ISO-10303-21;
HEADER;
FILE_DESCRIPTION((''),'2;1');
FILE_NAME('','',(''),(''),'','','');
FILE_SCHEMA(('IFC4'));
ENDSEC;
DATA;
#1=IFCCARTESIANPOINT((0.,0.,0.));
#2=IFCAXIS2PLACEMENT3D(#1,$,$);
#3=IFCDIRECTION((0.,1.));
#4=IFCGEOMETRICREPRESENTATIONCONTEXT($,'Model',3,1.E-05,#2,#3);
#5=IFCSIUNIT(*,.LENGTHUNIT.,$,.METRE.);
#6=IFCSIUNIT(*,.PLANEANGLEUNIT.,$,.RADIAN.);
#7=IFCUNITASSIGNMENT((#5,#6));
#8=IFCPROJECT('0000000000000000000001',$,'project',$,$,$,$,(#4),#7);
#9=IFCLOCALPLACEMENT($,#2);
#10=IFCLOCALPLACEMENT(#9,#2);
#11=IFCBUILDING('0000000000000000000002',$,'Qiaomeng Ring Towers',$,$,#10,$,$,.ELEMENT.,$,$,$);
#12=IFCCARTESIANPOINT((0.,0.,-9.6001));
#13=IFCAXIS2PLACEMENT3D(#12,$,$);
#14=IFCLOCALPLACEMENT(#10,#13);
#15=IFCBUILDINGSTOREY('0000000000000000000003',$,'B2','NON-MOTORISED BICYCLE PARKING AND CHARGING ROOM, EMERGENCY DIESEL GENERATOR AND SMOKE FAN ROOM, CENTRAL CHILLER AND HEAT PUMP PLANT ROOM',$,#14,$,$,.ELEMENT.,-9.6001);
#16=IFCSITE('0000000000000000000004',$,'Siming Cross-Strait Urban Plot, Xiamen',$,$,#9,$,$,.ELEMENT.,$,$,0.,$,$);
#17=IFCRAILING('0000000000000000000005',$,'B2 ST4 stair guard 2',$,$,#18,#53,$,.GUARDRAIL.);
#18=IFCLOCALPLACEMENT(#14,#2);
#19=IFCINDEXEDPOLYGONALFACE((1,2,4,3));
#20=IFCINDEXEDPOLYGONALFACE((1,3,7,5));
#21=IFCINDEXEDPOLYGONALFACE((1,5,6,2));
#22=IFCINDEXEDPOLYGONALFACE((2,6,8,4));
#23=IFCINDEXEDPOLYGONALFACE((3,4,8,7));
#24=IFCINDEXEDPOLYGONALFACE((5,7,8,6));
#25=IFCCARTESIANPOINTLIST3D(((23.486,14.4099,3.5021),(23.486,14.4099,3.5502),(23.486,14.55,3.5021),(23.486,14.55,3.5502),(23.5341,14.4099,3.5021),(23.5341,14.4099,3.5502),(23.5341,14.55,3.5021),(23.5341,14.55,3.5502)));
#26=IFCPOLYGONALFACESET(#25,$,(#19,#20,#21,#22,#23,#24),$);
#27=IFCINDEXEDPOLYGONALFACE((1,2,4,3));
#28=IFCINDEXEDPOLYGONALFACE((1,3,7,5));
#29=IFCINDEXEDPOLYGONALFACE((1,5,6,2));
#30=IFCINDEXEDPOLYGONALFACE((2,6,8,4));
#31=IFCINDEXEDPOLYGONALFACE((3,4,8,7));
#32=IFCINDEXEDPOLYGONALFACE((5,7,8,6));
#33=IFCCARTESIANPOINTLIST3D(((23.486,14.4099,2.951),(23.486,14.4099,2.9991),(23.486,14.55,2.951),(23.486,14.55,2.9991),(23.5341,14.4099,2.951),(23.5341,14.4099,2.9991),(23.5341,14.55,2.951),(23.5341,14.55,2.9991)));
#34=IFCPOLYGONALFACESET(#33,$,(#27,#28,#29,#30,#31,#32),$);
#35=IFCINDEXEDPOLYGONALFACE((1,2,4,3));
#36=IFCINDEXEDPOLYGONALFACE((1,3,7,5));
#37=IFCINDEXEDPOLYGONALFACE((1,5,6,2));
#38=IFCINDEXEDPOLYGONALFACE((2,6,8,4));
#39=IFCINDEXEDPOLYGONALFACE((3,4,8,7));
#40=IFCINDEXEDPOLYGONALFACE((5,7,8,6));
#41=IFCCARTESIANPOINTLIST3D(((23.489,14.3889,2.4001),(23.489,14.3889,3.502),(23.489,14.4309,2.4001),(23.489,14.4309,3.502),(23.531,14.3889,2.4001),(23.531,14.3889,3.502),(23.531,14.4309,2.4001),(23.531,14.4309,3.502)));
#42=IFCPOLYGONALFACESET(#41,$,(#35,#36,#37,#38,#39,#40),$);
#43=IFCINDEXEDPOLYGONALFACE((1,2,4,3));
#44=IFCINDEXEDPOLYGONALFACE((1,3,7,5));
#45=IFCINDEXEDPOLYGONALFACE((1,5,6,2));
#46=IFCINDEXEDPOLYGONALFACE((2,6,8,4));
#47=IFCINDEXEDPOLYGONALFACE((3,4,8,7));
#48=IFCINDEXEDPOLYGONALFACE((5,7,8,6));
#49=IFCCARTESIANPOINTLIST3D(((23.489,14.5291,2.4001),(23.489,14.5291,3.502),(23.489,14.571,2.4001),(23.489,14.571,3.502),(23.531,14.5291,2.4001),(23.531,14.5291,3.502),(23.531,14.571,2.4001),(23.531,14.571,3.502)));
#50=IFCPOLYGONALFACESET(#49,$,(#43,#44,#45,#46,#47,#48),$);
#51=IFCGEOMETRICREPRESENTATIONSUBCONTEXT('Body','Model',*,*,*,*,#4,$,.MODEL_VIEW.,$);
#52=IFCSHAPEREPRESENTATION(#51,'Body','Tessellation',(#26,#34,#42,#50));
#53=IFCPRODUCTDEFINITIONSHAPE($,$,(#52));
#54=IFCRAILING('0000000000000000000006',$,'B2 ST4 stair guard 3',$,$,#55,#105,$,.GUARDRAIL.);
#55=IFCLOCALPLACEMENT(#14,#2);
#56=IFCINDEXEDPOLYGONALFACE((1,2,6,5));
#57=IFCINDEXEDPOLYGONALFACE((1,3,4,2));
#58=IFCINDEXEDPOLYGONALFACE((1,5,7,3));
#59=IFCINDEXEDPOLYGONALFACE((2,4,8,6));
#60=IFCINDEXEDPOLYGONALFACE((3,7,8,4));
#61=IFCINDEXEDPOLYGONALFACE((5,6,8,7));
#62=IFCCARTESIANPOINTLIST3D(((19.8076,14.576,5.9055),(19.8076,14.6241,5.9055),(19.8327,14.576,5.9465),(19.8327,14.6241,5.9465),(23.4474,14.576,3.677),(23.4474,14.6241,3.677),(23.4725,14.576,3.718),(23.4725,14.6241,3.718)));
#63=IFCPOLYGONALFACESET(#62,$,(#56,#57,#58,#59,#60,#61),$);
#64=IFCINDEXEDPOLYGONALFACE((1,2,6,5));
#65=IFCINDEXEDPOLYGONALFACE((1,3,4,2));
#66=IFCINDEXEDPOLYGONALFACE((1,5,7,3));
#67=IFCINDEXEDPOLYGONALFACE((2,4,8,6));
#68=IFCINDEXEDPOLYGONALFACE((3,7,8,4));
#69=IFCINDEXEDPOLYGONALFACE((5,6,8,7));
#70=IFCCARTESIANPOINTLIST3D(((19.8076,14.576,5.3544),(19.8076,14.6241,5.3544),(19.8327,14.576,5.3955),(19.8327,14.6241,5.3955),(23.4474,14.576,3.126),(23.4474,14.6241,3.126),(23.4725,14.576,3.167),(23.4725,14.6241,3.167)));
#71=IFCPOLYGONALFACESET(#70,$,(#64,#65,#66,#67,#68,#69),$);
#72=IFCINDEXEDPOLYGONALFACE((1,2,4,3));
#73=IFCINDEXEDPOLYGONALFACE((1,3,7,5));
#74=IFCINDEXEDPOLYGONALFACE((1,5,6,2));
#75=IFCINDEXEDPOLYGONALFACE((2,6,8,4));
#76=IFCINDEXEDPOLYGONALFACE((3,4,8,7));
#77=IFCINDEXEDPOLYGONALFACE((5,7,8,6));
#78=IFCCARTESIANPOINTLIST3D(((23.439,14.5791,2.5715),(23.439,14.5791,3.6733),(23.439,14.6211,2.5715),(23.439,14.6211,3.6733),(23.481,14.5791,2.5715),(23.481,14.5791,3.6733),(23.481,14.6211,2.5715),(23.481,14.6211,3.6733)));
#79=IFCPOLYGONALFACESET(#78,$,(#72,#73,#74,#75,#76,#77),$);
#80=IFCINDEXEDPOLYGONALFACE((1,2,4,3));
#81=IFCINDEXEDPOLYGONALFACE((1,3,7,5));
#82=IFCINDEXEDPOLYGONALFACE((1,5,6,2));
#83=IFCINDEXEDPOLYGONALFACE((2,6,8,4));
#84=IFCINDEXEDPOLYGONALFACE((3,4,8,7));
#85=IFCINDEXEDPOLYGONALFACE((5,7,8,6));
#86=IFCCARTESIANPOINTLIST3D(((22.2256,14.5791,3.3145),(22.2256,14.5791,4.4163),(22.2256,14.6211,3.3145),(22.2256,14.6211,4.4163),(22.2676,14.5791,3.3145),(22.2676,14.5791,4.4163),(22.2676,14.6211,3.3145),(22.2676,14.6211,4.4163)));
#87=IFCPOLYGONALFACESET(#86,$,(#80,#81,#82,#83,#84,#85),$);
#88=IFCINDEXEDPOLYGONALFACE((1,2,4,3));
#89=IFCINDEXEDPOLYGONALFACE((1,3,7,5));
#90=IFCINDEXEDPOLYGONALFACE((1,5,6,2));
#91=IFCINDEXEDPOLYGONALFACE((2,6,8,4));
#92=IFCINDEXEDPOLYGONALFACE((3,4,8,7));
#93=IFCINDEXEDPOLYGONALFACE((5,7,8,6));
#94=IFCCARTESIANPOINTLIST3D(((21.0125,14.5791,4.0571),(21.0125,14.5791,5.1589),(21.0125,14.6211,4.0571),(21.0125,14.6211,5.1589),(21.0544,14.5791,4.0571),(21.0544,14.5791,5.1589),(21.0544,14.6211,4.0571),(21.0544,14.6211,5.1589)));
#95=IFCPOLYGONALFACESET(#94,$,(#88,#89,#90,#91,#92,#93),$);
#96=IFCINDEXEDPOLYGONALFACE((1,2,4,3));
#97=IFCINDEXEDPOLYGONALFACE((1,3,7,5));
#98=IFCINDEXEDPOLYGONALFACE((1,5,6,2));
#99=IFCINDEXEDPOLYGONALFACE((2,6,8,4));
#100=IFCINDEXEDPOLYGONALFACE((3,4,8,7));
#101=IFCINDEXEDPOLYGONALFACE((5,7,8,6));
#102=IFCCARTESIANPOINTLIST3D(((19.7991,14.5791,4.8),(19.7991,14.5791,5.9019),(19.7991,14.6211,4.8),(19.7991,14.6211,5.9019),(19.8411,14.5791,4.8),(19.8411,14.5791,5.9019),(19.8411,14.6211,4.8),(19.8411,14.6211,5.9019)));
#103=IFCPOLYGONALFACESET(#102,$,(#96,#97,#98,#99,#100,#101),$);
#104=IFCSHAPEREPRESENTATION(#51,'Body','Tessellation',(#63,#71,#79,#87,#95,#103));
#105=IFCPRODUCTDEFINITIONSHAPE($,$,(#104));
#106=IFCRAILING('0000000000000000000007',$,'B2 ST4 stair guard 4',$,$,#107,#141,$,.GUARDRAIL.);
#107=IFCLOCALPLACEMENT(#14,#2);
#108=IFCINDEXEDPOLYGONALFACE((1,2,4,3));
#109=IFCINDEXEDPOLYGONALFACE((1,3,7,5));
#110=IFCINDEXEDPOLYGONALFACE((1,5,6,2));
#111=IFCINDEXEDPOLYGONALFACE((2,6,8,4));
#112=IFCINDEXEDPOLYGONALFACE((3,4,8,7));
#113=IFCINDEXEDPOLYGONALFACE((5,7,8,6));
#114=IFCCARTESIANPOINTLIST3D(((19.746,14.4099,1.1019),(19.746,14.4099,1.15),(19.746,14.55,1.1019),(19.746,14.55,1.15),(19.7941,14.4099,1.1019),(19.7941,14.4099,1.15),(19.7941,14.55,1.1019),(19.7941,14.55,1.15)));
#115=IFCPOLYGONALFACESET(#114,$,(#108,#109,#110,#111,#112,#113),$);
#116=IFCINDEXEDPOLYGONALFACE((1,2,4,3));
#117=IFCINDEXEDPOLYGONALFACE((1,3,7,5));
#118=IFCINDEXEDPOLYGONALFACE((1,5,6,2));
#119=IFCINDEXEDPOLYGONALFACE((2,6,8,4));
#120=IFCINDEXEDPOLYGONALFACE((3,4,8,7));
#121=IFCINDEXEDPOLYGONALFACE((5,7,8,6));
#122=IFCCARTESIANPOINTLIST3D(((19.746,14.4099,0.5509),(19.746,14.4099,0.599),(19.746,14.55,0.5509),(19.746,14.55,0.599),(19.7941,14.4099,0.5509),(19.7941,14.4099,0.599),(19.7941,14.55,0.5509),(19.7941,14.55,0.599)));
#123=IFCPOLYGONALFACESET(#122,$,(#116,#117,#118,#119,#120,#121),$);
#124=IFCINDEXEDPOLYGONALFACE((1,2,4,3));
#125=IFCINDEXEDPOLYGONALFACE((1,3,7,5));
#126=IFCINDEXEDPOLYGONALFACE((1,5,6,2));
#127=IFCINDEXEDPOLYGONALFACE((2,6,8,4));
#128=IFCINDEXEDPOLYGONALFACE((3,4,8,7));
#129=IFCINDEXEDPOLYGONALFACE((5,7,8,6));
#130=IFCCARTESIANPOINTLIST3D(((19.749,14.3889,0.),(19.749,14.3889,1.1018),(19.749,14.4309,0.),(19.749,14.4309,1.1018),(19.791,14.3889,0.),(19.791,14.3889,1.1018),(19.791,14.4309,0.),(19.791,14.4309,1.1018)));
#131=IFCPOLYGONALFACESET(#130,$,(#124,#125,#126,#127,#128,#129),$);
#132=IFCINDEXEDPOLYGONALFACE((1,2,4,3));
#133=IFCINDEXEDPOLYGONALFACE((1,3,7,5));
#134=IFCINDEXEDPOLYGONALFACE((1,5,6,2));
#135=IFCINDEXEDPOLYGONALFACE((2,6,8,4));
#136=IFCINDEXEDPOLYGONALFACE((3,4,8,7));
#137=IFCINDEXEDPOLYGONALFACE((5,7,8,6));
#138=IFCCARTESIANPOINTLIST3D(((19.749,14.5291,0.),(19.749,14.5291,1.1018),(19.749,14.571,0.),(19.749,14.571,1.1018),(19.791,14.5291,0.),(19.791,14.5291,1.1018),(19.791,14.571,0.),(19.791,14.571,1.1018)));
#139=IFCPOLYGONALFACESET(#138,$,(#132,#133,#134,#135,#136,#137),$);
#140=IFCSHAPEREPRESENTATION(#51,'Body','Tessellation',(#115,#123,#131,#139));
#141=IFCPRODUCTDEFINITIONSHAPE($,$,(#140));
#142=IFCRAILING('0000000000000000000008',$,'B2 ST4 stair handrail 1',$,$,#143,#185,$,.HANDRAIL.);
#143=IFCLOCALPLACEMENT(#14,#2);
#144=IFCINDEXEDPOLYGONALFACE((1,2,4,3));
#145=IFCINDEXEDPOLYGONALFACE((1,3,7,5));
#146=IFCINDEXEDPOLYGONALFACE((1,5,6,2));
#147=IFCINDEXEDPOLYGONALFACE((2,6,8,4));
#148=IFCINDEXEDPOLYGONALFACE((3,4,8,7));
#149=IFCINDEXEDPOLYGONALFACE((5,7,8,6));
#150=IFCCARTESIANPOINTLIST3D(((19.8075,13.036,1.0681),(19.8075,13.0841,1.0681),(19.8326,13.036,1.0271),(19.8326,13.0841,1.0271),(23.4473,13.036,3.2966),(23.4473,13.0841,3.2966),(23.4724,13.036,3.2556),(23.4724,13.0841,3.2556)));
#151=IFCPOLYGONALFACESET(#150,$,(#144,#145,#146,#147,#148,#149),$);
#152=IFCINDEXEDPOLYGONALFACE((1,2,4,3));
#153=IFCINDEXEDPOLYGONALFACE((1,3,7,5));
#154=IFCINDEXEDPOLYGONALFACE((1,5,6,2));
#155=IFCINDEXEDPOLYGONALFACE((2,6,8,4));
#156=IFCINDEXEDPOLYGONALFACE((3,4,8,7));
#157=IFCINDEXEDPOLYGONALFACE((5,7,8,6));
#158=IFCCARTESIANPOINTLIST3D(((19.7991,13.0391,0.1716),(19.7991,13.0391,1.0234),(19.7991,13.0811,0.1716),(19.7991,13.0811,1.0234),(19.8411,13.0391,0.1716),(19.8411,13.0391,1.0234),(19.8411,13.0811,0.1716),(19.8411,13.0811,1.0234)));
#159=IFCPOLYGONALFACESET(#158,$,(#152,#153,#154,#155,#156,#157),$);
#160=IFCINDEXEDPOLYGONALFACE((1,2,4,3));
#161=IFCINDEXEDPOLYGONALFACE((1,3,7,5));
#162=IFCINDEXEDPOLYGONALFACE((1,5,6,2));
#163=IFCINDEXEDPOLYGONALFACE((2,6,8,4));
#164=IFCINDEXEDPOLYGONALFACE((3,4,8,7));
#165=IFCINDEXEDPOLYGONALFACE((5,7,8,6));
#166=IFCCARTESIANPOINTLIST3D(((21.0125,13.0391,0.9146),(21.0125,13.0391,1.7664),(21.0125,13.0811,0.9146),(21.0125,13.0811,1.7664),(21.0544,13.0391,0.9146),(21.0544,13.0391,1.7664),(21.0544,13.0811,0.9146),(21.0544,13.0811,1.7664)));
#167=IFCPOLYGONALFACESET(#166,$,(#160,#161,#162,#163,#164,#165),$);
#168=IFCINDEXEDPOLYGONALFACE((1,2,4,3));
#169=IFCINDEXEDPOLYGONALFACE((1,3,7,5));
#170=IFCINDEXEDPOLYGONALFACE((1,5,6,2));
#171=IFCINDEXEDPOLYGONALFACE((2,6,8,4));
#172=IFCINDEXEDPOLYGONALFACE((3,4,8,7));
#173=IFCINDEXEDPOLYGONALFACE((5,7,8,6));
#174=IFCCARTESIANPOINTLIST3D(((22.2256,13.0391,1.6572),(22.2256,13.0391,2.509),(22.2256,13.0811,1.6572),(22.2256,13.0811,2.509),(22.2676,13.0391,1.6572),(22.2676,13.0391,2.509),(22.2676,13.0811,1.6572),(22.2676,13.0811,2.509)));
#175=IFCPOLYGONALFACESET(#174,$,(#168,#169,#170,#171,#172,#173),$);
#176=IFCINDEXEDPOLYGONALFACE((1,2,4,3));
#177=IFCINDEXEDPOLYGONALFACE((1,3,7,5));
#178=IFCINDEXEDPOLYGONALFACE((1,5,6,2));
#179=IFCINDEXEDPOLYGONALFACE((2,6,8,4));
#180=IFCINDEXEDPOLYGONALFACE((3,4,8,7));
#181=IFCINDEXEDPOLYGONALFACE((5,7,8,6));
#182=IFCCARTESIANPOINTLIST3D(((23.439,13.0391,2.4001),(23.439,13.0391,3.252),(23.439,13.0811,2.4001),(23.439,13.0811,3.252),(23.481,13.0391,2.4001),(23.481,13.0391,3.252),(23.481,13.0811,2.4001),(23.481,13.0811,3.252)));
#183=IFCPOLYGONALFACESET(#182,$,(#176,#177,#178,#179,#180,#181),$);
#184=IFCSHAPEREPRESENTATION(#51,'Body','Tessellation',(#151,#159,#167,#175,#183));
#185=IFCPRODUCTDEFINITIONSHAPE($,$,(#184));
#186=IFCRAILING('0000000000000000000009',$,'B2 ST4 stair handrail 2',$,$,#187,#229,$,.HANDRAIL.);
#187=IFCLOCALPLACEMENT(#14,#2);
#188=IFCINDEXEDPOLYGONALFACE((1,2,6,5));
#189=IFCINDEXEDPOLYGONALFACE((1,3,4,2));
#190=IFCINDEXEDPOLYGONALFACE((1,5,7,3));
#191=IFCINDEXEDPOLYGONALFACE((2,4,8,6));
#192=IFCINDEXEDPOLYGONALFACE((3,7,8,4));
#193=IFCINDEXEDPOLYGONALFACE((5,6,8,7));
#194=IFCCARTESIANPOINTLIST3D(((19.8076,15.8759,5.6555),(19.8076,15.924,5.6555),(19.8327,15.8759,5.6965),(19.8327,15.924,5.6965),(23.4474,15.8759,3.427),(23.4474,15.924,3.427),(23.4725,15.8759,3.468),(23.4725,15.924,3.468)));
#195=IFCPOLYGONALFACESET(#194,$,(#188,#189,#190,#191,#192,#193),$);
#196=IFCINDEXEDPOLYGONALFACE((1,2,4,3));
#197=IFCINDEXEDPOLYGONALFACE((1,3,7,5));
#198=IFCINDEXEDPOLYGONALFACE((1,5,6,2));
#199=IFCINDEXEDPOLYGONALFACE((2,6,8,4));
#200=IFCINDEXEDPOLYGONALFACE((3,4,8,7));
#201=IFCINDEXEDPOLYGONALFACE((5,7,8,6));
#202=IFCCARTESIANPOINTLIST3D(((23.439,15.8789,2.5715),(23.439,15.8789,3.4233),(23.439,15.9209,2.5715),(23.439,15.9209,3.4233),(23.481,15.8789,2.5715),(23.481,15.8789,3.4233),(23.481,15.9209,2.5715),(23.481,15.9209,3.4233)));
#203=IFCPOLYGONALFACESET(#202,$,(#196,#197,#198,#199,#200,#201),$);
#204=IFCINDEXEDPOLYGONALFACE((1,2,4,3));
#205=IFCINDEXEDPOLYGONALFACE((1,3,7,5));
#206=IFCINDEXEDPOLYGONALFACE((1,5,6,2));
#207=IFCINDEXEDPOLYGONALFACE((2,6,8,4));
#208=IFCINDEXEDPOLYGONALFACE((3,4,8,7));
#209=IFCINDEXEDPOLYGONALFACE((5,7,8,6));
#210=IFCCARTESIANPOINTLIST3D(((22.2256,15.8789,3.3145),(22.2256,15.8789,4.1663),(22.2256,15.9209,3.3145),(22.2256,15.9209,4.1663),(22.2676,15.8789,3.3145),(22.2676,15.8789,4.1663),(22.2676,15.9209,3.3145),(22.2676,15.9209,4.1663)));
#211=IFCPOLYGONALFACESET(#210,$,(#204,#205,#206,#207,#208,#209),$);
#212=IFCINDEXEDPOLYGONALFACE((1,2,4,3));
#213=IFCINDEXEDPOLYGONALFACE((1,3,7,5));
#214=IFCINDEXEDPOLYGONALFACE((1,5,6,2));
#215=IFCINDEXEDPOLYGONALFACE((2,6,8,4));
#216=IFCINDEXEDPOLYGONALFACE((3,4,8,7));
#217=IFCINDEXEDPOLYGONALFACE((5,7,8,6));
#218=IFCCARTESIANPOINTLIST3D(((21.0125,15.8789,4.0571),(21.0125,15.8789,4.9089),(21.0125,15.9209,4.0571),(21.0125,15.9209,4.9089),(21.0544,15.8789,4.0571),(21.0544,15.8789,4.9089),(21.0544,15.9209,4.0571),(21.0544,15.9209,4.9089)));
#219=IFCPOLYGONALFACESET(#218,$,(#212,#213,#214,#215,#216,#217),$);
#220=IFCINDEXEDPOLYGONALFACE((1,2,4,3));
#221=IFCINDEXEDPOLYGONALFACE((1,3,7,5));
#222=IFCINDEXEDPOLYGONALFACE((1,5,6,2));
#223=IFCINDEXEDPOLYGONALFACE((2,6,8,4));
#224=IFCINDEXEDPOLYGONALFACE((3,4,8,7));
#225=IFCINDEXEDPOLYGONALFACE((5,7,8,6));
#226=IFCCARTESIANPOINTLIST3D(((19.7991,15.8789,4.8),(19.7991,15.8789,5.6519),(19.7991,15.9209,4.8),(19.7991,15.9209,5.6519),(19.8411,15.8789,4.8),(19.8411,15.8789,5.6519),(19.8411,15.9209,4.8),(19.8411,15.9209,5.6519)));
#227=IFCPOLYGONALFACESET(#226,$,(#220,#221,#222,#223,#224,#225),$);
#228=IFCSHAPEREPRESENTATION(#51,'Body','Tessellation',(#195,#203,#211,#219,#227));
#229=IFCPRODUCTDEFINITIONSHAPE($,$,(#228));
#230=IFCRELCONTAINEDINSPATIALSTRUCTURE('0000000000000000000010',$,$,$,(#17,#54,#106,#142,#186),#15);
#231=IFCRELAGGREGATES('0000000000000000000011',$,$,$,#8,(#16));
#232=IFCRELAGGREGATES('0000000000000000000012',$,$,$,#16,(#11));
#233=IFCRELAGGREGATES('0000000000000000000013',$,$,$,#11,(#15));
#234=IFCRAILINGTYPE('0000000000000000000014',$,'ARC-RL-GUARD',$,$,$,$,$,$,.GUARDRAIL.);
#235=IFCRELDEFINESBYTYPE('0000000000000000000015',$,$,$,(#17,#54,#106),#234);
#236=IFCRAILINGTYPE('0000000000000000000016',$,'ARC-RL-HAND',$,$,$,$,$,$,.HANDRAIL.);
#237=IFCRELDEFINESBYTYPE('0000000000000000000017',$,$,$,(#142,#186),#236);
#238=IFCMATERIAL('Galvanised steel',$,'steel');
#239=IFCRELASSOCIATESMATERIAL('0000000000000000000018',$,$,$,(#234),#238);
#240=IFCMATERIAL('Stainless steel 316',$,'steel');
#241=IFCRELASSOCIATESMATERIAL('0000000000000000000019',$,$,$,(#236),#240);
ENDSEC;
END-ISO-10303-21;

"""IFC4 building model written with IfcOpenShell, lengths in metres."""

from ifc_helpers import new_model, si_unit, direction, frame, origin, origin_2d, place, context, subcontext, project, spatial, rectangle, extrude, material, type_object, element, save


model = new_model("IFC4")

# Units and contexts
model_context = context("Model", 3, precision=1e-05, world=origin(), true_north=direction((0.0, 1.0)))
body_context = subcontext(model_context, "Body", "Model", "MODEL_VIEW")
ifc_project = project(units=[si_unit("LENGTHUNIT", "METRE"), si_unit("PLANEANGLEUNIT", "RADIAN")], contexts=[model_context])

# Site, building, storey
site_placement = place(None, origin())
site = spatial("IfcSite", under=ifc_project, at=site_placement, Name="Siming Cross-Strait Urban Plot, Xiamen", CompositionType="ELEMENT", RefElevation=0.0)
building_placement = place(site_placement, origin())
building = spatial("IfcBuilding", under=site, at=building_placement, Name="Qiaomeng Ring Towers", CompositionType="ELEMENT")
storey_placement = place(building_placement, frame((0.0, 0.0, -9.6001)))
storey = spatial("IfcBuildingStorey", under=building, at=storey_placement, Name="B2", Description="NON-MOTORISED BICYCLE PARKING AND CHARGING ROOM, EMERGENCY DIESEL GENERATOR AND SMOKE FAN ROOM, CENTRAL CHILLER AND HEAT PUMP PLANT ROOM", CompositionType="ELEMENT", Elevation=-9.6001)

# Shared definitions
ifc_material_1 = material(Name="Galvanised steel", Category="steel")

# Shared definitions
ifc_material_2 = material(Name="Stainless steel 316", Category="steel")

# Railings
railing_type_1 = type_object("IfcRailingType", Name="ARC-RL-GUARD", PredefinedType="GUARDRAIL", material=ifc_material_1)
railing_1_placement = place(storey_placement, frame((23.51, 14.4099, 2.4001)))
element("IfcRailing", 1, at=railing_1_placement, inside=storey, type_object=railing_type_1, Name="B2 ST4 stair guard 2", PredefinedType="GUARDRAIL", context=body_context, shape_type="SweptSolid", body=[
    extrude(rectangle(XDim=0.0481, YDim=0.0481, at=origin_2d()), frame((0.0, 0.0, 1.126), z_axis=(0.0, 1.0, 0.0), x_axis=(-1.0, 0.0, 0.0)), (0.0, 0.0, 1.0), 0.1401),
    extrude(rectangle(XDim=0.0481, YDim=0.0481, at=origin_2d()), frame((0.0, 0.0, 0.575), z_axis=(0.0, 1.0, 0.0), x_axis=(-1.0, 0.0, 0.0)), (0.0, 0.0, 1.0), 0.1401),
    extrude(rectangle(XDim=0.042, YDim=0.042, at=origin_2d()), origin(), (0.0, 0.0, 1.0), 1.1018),
    extrude(rectangle(XDim=0.042, YDim=0.042, at=origin_2d()), frame((0.0, 0.1401, 0.0)), (0.0, 0.0, 1.0), 1.1018),
])
railing_2_placement = place(storey_placement, frame((23.46, 14.6001, 2.5715)))
element("IfcRailing", 2, at=railing_2_placement, inside=storey, type_object=railing_type_1, Name="B2 ST4 stair guard 3", PredefinedType="GUARDRAIL", context=body_context, shape_type="SweptSolid", body=[
    extrude(rectangle(XDim=0.0481, YDim=0.0481, at=origin_2d()), frame((0.0, 0.0, 1.126), z_axis=(-0.85285, 0.0, 0.522156), x_axis=(0.0, -1.0, 0.0)), (0.0, 0.0, 1.0), 4.2678),
    extrude(rectangle(XDim=0.0481, YDim=0.0481, at=origin_2d()), frame((0.0, 0.0, 0.575), z_axis=(-0.85285, 0.0, 0.522156), x_axis=(0.0, -1.0, 0.0)), (0.0, 0.0, 1.0), 4.2678),
    extrude(rectangle(XDim=0.042, YDim=0.042, at=origin_2d()), origin(), (0.0, 0.0, 1.0), 1.1018),
    extrude(rectangle(XDim=0.042, YDim=0.042, at=origin_2d()), frame((-1.2134, 0.0, 0.7429)), (0.0, 0.0, 1.0), 1.1018),
    extrude(rectangle(XDim=0.042, YDim=0.042, at=origin_2d()), frame((-2.4265, 0.0, 1.4856)), (0.0, 0.0, 1.0), 1.1018),
    extrude(rectangle(XDim=0.042, YDim=0.042, at=origin_2d()), frame((-3.6399, 0.0, 2.2285)), (0.0, 0.0, 1.0), 1.1018),
])
railing_3_placement = place(storey_placement, frame((19.77, 14.4099, 0.0)))
element("IfcRailing", 3, at=railing_3_placement, inside=storey, type_object=railing_type_1, Name="B2 ST4 stair guard 4", PredefinedType="GUARDRAIL", context=body_context, shape_type="SweptSolid", body=[
    extrude(rectangle(XDim=0.0481, YDim=0.0481, at=origin_2d()), frame((0.0, 0.0, 1.126), z_axis=(0.0, 1.0, 0.0), x_axis=(-1.0, 0.0, 0.0)), (0.0, 0.0, 1.0), 0.1401),
    extrude(rectangle(XDim=0.0481, YDim=0.0481, at=origin_2d()), frame((0.0, 0.0, 0.575), z_axis=(0.0, 1.0, 0.0), x_axis=(-1.0, 0.0, 0.0)), (0.0, 0.0, 1.0), 0.1401),
    extrude(rectangle(XDim=0.042, YDim=0.042, at=origin_2d()), origin(), (0.0, 0.0, 1.0), 1.1018),
    extrude(rectangle(XDim=0.042, YDim=0.042, at=origin_2d()), frame((0.0, 0.1401, 0.0)), (0.0, 0.0, 1.0), 1.1018),
])
railing_type_2 = type_object("IfcRailingType", Name="ARC-RL-HAND", PredefinedType="HANDRAIL", material=ifc_material_2)
railing_4_placement = place(storey_placement, frame((19.8201, 13.0601, 0.1716)))
element("IfcRailing", 4, at=railing_4_placement, inside=storey, type_object=railing_type_2, Name="B2 ST4 stair handrail 1", PredefinedType="HANDRAIL", context=body_context, shape_type="SweptSolid", body=[
    extrude(rectangle(XDim=0.0481, YDim=0.0481, at=origin_2d()), frame((0.0, 0.0, 0.876), z_axis=(0.85285, 0.0, 0.522156), x_axis=(0.0, 1.0, 0.0)), (0.0, 0.0, 1.0), 4.2678),
    extrude(rectangle(XDim=0.042, YDim=0.042, at=origin_2d()), origin(), (0.0, 0.0, 1.0), 0.8518),
    extrude(rectangle(XDim=0.042, YDim=0.042, at=origin_2d()), frame((1.2134, 0.0, 0.7429)), (0.0, 0.0, 1.0), 0.8518),
    extrude(rectangle(XDim=0.042, YDim=0.042, at=origin_2d()), frame((2.4265, 0.0, 1.4856)), (0.0, 0.0, 1.0), 0.8518),
    extrude(rectangle(XDim=0.042, YDim=0.042, at=origin_2d()), frame((3.6399, 0.0, 2.2285)), (0.0, 0.0, 1.0), 0.8518),
])
railing_5_placement = place(storey_placement, frame((23.46, 15.8999, 2.5715)))
element("IfcRailing", 5, at=railing_5_placement, inside=storey, type_object=railing_type_2, Name="B2 ST4 stair handrail 2", PredefinedType="HANDRAIL", context=body_context, shape_type="SweptSolid", body=[
    extrude(rectangle(XDim=0.0481, YDim=0.0481, at=origin_2d()), frame((0.0, 0.0, 0.876), z_axis=(-0.85285, 0.0, 0.522156), x_axis=(0.0, -1.0, 0.0)), (0.0, 0.0, 1.0), 4.2678),
    extrude(rectangle(XDim=0.042, YDim=0.042, at=origin_2d()), origin(), (0.0, 0.0, 1.0), 0.8518),
    extrude(rectangle(XDim=0.042, YDim=0.042, at=origin_2d()), frame((-1.2134, 0.0, 0.7429)), (0.0, 0.0, 1.0), 0.8518),
    extrude(rectangle(XDim=0.042, YDim=0.042, at=origin_2d()), frame((-2.4265, 0.0, 1.4856)), (0.0, 0.0, 1.0), 0.8518),
    extrude(rectangle(XDim=0.042, YDim=0.042, at=origin_2d()), frame((-3.6399, 0.0, 2.2285)), (0.0, 0.0, 1.0), 0.8518),
])

save(model, "model.ifc")
